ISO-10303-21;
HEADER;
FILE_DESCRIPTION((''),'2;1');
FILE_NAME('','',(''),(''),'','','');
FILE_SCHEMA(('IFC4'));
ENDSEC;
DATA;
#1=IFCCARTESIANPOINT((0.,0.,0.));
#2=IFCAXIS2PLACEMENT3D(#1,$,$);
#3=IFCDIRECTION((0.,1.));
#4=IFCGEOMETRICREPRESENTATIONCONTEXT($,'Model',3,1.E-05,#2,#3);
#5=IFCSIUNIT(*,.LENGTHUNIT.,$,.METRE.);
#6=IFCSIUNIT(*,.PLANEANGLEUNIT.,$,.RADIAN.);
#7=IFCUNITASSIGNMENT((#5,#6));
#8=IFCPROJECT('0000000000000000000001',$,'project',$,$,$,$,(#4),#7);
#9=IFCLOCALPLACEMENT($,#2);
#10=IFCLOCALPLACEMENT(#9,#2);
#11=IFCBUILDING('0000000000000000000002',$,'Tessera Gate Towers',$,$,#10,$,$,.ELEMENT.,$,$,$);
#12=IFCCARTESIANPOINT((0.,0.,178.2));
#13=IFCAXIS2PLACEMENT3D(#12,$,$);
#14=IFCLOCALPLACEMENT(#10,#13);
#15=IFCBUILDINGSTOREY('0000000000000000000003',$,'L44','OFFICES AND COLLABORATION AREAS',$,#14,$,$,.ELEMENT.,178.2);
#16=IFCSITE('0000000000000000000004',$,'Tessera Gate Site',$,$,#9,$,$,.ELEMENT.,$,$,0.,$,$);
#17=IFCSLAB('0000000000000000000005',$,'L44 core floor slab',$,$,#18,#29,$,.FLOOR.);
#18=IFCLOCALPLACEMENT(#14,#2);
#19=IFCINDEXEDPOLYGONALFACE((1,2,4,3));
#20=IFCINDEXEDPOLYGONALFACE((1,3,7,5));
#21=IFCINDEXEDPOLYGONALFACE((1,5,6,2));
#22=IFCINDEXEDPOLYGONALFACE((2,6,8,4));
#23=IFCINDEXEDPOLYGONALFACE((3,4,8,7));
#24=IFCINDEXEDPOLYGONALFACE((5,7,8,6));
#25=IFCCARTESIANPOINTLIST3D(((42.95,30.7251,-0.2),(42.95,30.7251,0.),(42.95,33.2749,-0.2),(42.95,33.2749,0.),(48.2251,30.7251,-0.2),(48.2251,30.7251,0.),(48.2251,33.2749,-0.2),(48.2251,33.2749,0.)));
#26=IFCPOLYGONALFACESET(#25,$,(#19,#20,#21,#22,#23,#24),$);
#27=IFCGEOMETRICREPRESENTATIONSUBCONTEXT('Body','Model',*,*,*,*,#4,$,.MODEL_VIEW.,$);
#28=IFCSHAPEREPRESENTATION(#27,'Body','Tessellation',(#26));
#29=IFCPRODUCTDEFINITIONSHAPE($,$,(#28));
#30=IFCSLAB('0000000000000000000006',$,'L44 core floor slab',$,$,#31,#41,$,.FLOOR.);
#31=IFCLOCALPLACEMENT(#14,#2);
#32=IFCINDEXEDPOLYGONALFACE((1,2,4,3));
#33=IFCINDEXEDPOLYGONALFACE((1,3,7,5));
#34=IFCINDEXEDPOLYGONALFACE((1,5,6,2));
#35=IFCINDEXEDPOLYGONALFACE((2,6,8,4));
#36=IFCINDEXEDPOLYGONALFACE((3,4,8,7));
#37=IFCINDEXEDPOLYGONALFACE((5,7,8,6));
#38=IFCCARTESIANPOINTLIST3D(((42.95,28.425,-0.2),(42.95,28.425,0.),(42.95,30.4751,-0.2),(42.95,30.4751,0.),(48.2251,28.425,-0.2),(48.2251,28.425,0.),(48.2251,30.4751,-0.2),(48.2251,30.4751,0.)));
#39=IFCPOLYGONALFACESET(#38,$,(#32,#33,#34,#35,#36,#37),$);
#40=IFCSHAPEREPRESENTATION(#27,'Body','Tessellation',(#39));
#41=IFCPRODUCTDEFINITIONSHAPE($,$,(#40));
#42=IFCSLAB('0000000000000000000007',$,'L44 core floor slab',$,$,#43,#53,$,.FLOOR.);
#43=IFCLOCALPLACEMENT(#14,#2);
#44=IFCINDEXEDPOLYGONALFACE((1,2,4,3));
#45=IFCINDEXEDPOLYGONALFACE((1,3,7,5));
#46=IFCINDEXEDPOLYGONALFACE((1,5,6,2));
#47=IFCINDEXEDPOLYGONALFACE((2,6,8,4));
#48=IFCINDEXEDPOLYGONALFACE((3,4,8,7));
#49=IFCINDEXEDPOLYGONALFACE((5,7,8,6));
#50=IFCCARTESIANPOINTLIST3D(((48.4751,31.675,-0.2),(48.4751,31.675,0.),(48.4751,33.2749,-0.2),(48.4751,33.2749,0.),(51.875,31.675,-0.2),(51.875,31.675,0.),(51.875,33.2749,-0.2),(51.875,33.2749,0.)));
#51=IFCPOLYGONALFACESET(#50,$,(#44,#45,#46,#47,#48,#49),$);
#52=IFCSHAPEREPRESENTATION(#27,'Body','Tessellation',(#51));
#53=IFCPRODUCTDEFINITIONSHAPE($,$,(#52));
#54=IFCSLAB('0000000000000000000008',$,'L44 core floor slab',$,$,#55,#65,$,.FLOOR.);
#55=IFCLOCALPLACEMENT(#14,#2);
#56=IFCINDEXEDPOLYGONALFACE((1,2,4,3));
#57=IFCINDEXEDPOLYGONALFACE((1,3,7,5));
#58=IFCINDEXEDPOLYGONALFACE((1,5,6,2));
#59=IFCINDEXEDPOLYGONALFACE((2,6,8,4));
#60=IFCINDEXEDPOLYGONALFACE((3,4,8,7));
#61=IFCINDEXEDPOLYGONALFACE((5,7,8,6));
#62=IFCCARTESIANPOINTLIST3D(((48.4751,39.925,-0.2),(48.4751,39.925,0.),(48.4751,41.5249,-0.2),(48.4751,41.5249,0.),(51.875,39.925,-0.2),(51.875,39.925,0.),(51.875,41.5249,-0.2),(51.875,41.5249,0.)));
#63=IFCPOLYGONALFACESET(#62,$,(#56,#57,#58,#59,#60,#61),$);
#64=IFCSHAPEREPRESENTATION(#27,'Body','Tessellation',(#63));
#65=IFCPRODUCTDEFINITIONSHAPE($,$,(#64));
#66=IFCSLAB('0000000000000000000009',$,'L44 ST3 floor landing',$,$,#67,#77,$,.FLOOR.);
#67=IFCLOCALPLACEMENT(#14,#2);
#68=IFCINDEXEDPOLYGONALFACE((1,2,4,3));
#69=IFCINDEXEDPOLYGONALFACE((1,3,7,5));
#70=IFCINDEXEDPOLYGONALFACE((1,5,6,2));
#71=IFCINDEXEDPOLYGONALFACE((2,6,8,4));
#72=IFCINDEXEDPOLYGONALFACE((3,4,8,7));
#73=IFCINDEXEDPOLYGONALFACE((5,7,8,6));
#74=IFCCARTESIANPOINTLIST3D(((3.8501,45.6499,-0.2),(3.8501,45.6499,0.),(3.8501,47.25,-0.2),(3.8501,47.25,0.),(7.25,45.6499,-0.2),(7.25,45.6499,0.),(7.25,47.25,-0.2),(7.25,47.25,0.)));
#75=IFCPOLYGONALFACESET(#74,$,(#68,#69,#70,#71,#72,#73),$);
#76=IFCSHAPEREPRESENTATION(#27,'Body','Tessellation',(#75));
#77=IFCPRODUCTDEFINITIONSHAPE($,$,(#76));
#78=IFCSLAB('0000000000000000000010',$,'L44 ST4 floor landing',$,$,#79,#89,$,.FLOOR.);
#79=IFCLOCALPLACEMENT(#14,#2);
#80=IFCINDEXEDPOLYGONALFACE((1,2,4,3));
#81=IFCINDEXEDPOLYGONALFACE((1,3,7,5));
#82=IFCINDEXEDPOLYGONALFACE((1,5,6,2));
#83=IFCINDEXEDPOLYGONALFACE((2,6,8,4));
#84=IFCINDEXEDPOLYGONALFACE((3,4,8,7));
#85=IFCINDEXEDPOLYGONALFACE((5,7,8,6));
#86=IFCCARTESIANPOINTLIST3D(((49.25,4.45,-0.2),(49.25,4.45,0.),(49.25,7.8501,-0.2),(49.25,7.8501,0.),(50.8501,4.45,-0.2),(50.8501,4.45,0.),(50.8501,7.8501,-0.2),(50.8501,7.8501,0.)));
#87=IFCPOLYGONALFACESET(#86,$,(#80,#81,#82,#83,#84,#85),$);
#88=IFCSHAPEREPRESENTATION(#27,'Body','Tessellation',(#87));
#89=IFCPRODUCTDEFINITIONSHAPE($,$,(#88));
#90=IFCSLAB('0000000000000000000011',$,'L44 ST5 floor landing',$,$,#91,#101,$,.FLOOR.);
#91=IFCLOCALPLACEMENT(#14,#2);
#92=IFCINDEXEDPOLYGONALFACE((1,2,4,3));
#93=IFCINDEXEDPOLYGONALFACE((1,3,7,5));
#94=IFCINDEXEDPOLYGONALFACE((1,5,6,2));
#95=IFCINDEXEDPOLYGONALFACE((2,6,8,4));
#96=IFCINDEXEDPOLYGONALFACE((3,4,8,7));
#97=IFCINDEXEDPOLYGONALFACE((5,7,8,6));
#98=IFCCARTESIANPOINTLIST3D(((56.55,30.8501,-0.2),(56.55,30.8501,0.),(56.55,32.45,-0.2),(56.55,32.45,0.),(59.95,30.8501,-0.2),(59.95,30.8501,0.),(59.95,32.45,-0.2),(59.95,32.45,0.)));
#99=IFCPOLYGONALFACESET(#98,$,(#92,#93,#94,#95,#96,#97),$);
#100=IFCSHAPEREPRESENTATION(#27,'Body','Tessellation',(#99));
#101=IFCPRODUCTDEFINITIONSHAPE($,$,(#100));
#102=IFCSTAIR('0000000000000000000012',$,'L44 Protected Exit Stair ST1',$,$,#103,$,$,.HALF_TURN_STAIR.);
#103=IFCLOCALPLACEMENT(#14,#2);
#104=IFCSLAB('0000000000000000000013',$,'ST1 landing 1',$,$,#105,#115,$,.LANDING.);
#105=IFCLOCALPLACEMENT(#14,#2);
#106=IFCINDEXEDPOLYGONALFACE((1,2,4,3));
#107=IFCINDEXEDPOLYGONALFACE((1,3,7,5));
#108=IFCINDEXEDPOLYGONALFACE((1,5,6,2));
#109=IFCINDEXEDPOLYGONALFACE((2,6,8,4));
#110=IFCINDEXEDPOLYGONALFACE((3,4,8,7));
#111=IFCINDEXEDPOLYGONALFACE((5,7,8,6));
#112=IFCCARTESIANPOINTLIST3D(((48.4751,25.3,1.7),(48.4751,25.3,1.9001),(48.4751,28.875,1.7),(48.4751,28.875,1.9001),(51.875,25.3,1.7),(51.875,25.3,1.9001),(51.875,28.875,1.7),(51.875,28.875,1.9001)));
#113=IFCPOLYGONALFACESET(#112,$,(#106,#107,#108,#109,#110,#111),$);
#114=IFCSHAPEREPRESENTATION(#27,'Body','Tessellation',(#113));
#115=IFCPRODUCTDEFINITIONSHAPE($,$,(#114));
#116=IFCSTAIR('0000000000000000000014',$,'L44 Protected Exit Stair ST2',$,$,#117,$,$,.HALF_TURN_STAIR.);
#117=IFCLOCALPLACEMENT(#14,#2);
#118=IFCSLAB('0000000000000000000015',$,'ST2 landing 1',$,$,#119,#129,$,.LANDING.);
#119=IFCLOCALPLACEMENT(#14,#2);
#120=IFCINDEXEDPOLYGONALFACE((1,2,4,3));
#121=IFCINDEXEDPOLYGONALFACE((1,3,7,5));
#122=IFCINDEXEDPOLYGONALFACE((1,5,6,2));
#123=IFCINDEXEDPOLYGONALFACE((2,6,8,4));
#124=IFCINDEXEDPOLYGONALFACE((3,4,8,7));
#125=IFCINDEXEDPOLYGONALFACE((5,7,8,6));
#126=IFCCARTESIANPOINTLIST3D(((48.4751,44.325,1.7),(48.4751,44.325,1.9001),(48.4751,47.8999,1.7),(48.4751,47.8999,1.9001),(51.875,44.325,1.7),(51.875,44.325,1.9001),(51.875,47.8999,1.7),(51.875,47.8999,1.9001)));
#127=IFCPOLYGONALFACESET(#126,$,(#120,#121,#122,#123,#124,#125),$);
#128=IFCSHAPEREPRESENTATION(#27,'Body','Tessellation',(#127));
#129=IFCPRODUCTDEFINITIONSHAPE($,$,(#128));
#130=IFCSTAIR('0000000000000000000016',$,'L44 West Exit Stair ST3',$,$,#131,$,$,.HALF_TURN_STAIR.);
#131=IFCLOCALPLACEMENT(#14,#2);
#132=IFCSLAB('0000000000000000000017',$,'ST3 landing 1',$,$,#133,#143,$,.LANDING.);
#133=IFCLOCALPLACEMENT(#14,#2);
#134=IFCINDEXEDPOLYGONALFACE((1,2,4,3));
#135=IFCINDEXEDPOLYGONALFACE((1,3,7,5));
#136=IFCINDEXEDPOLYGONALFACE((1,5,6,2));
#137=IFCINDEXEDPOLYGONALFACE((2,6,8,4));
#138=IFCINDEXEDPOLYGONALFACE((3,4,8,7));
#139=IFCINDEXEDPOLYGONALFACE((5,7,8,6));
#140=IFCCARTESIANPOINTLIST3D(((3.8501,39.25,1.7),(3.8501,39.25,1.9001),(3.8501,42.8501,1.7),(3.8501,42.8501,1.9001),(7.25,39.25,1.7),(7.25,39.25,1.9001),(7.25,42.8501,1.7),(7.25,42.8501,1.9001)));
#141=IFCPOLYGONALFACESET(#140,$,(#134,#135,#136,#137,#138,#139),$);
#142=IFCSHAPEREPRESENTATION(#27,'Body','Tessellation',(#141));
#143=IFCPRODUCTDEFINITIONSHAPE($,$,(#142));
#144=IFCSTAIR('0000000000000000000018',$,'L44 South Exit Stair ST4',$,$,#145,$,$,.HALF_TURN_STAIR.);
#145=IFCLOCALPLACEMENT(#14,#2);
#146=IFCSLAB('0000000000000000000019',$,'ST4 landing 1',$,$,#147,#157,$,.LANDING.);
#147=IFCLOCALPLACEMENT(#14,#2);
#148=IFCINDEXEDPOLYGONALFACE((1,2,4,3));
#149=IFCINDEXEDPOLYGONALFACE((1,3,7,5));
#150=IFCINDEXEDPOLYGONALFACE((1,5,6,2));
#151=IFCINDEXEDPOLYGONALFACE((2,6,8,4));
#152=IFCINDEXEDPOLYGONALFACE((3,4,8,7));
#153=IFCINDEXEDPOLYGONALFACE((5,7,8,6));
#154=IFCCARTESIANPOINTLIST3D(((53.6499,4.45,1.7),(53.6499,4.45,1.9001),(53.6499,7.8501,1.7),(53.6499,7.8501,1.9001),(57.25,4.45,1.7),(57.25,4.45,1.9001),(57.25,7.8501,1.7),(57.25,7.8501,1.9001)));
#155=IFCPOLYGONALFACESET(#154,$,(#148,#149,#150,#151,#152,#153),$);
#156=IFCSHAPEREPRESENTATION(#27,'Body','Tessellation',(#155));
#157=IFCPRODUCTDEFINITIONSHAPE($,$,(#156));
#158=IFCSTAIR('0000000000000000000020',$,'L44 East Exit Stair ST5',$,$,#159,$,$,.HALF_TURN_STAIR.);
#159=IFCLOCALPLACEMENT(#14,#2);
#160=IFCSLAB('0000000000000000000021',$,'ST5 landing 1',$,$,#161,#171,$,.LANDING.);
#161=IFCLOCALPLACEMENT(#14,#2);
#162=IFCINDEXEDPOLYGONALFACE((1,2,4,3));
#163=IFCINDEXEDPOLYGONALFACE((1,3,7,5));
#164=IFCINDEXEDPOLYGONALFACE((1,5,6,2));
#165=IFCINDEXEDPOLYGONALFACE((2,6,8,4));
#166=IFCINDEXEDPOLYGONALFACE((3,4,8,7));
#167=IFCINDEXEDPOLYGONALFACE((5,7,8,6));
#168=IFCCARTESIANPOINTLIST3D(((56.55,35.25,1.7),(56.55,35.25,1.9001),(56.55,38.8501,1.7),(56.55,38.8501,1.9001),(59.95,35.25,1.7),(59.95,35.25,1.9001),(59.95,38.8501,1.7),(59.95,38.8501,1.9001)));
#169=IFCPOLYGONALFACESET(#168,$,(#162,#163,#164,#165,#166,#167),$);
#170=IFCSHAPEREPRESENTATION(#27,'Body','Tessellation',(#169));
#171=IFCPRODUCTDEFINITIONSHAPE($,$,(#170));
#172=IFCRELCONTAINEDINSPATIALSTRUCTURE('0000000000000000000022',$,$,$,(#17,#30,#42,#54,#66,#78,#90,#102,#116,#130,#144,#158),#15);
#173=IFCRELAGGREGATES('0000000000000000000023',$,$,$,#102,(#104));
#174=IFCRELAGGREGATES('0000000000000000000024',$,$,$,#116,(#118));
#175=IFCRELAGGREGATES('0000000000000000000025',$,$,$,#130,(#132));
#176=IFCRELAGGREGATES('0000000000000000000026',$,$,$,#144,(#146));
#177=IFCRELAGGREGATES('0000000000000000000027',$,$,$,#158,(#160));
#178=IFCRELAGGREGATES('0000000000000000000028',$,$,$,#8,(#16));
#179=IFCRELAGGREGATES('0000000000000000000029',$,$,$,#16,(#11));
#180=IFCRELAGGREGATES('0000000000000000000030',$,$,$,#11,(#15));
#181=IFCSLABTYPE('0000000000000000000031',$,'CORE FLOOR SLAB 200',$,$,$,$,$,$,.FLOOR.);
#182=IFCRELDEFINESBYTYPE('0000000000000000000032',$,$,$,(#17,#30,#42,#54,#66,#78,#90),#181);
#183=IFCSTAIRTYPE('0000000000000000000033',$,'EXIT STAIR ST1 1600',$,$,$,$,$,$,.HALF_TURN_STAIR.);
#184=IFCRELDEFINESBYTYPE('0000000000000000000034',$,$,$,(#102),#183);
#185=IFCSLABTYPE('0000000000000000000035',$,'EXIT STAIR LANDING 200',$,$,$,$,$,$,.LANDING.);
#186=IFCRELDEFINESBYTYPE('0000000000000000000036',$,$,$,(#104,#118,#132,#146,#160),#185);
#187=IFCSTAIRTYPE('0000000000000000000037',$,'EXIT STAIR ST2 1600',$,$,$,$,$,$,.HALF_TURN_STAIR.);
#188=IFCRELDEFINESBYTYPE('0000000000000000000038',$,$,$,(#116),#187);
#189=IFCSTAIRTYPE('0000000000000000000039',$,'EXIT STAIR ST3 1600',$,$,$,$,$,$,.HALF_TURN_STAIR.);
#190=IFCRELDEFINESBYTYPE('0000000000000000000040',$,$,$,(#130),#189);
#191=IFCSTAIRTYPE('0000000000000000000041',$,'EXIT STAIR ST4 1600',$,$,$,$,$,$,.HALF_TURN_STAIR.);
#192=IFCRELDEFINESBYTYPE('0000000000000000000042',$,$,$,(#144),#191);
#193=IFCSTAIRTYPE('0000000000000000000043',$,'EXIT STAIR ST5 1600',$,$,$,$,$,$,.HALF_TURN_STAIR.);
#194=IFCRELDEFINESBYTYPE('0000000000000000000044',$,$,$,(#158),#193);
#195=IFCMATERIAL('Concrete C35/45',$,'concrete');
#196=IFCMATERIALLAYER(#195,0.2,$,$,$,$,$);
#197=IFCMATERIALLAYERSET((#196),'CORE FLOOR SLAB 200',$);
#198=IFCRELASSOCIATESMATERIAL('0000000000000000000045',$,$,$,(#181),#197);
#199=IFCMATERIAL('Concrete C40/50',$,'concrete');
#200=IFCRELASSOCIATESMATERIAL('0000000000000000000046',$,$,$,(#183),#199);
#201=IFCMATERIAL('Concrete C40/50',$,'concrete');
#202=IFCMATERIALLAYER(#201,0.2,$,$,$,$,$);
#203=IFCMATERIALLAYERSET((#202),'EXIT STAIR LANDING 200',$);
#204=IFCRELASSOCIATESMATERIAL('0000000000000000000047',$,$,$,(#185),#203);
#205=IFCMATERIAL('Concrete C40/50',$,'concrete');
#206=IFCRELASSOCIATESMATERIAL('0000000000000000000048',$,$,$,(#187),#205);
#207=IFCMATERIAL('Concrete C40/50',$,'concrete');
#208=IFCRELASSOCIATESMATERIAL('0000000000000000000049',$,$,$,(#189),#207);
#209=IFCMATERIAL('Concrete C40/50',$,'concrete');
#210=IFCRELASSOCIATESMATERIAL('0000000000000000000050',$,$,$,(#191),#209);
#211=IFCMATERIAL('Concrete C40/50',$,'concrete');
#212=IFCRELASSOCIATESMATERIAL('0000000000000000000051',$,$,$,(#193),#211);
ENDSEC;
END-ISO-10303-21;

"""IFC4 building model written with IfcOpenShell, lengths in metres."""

from ifc_helpers import new_model, si_unit, direction, frame, origin, place, context, subcontext, project, spatial, polyline, outline, extrude, material, layer, layer_set, type_object, element, aggregate, save


model = new_model("IFC4")

# Units and contexts
model_context = context("Model", 3, precision=1e-05, world=origin(), true_north=direction((0.0, 1.0)))
body_context = subcontext(model_context, "Body", "Model", "MODEL_VIEW")
ifc_project = project(units=[si_unit("LENGTHUNIT", "METRE"), si_unit("PLANEANGLEUNIT", "RADIAN")], contexts=[model_context])

# Site, building, storey
site_placement = place(None, origin())
site = spatial("IfcSite", under=ifc_project, at=site_placement, Name="Tessera Gate Site", CompositionType="ELEMENT", RefElevation=0.0)
building_placement = place(site_placement, origin())
building = spatial("IfcBuilding", under=site, at=building_placement, Name="Tessera Gate Towers", CompositionType="ELEMENT")
storey_placement = place(building_placement, frame((0.0, 0.0, 178.2)))
storey = spatial("IfcBuildingStorey", under=building, at=storey_placement, Name="L44", Description="OFFICES AND COLLABORATION AREAS", CompositionType="ELEMENT", Elevation=178.2)

# Slabs
ifc_material_1 = material(Name="Concrete C35/45", Category="concrete")
ifc_layer_1 = layer(ifc_material_1, 0.2)
ifc_layer_set_1 = layer_set([ifc_layer_1], Name="CORE FLOOR SLAB 200")
slab_type_1 = type_object("IfcSlabType", Name="CORE FLOOR SLAB 200", PredefinedType="FLOOR", material=ifc_layer_set_1)
slab_1_placement = place(storey_placement, frame((0.0, 0.0, -0.2)))
element("IfcSlab", 1, at=slab_1_placement, inside=storey, type_object=slab_type_1, Name="L44 core floor slab", PredefinedType="FLOOR", context=body_context, shape_type="SweptSolid", body=[
    extrude(outline(polyline([(42.95, 33.2749), (42.95, 30.7251), (48.2251, 30.7251), (48.2251, 33.2749), (42.95, 33.2749)])), origin(), (0.0, 0.0, 1.0), 0.2),
])
slab_2_placement = place(storey_placement, frame((0.0, 0.0, -0.2)))
element("IfcSlab", 2, at=slab_2_placement, inside=storey, type_object=slab_type_1, Name="L44 core floor slab", PredefinedType="FLOOR", context=body_context, shape_type="SweptSolid", body=[
    extrude(outline(polyline([(48.2251, 30.4751), (42.95, 30.4751), (42.95, 28.425), (48.2251, 28.425), (48.2251, 30.4751)])), origin(), (0.0, 0.0, 1.0), 0.2),
])
slab_3_placement = place(storey_placement, frame((0.0, 0.0, -0.2)))
element("IfcSlab", 3, at=slab_3_placement, inside=storey, type_object=slab_type_1, Name="L44 core floor slab", PredefinedType="FLOOR", context=body_context, shape_type="SweptSolid", body=[
    extrude(outline(polyline([(51.875, 31.675), (51.875, 33.2749), (48.4751, 33.2749), (48.4751, 31.675), (51.875, 31.675)])), origin(), (0.0, 0.0, 1.0), 0.2),
])
slab_4_placement = place(storey_placement, frame((0.0, 0.0, -0.2)))
element("IfcSlab", 4, at=slab_4_placement, inside=storey, type_object=slab_type_1, Name="L44 core floor slab", PredefinedType="FLOOR", context=body_context, shape_type="SweptSolid", body=[
    extrude(outline(polyline([(48.4751, 41.5249), (48.4751, 39.925), (51.875, 39.925), (51.875, 41.5249), (48.4751, 41.5249)])), origin(), (0.0, 0.0, 1.0), 0.2),
])
slab_5_placement = place(storey_placement, frame((0.0, 0.0, -0.2)))
element("IfcSlab", 5, at=slab_5_placement, inside=storey, type_object=slab_type_1, Name="L44 ST3 floor landing", PredefinedType="FLOOR", context=body_context, shape_type="SweptSolid", body=[
    extrude(outline(polyline([(3.8501, 47.25), (3.8501, 45.6499), (7.25, 45.6499), (7.25, 47.25), (3.8501, 47.25)])), origin(), (0.0, 0.0, 1.0), 0.2),
])
slab_6_placement = place(storey_placement, frame((0.0, 0.0, -0.2)))
element("IfcSlab", 6, at=slab_6_placement, inside=storey, type_object=slab_type_1, Name="L44 ST4 floor landing", PredefinedType="FLOOR", context=body_context, shape_type="SweptSolid", body=[
    extrude(outline(polyline([(49.25, 4.45), (50.8501, 4.45), (50.8501, 7.8501), (49.25, 7.8501), (49.25, 4.45)])), origin(), (0.0, 0.0, 1.0), 0.2),
])
slab_7_placement = place(storey_placement, frame((0.0, 0.0, -0.2)))
element("IfcSlab", 7, at=slab_7_placement, inside=storey, type_object=slab_type_1, Name="L44 ST5 floor landing", PredefinedType="FLOOR", context=body_context, shape_type="SweptSolid", body=[
    extrude(outline(polyline([(59.95, 30.8501), (59.95, 32.45), (56.55, 32.45), (56.55, 30.8501), (59.95, 30.8501)])), origin(), (0.0, 0.0, 1.0), 0.2),
])

# Stairs, slabs
ifc_material_2 = material(Name="Concrete C40/50", Category="concrete")
stair_type_1 = type_object("IfcStairType", Name="EXIT STAIR ST1 1600", PredefinedType="HALF_TURN_STAIR", material=ifc_material_2)
stair_1_placement = place(storey_placement, origin())
stair_1 = element("IfcStair", 8, at=stair_1_placement, inside=storey, type_object=stair_type_1, Name="L44 Protected Exit Stair ST1", PredefinedType="HALF_TURN_STAIR")
ifc_material_3 = material(Name="Concrete C40/50", Category="concrete")
ifc_layer_2 = layer(ifc_material_3, 0.2)
ifc_layer_set_2 = layer_set([ifc_layer_2], Name="EXIT STAIR LANDING 200")
slab_type_2 = type_object("IfcSlabType", Name="EXIT STAIR LANDING 200", PredefinedType="LANDING", material=ifc_layer_set_2)
slab_8_placement = place(storey_placement, frame((0.0, 0.0, 1.7)))
slab_8 = element("IfcSlab", 9, at=slab_8_placement, type_object=slab_type_2, Name="ST1 landing 1", PredefinedType="LANDING", context=body_context, shape_type="SweptSolid", body=[
    extrude(outline(polyline([(48.4751, 28.875), (48.4751, 25.3), (51.875, 25.3), (51.875, 28.875), (48.4751, 28.875)])), origin(), (0.0, 0.0, 1.0), 0.2002),
])
aggregate(stair_1, [slab_8])
ifc_material_4 = material(Name="Concrete C40/50", Category="concrete")
stair_type_2 = type_object("IfcStairType", Name="EXIT STAIR ST2 1600", PredefinedType="HALF_TURN_STAIR", material=ifc_material_4)
stair_2_placement = place(storey_placement, origin())
stair_2 = element("IfcStair", 10, at=stair_2_placement, inside=storey, type_object=stair_type_2, Name="L44 Protected Exit Stair ST2", PredefinedType="HALF_TURN_STAIR")
slab_9_placement = place(storey_placement, frame((0.0, 0.0, 1.7)))
slab_9 = element("IfcSlab", 11, at=slab_9_placement, type_object=slab_type_2, Name="ST2 landing 1", PredefinedType="LANDING", context=body_context, shape_type="SweptSolid", body=[
    extrude(outline(polyline([(51.875, 44.325), (51.875, 47.8999), (48.4751, 47.8999), (48.4751, 44.325), (51.875, 44.325)])), origin(), (0.0, 0.0, 1.0), 0.2002),
])
aggregate(stair_2, [slab_9])
ifc_material_5 = material(Name="Concrete C40/50", Category="concrete")
stair_type_3 = type_object("IfcStairType", Name="EXIT STAIR ST3 1600", PredefinedType="HALF_TURN_STAIR", material=ifc_material_5)
stair_3_placement = place(storey_placement, origin())
stair_3 = element("IfcStair", 12, at=stair_3_placement, inside=storey, type_object=stair_type_3, Name="L44 West Exit Stair ST3", PredefinedType="HALF_TURN_STAIR")
slab_10_placement = place(storey_placement, frame((0.0, 0.0, 1.7)))
slab_10 = element("IfcSlab", 13, at=slab_10_placement, type_object=slab_type_2, Name="ST3 landing 1", PredefinedType="LANDING", context=body_context, shape_type="SweptSolid", body=[
    extrude(outline(polyline([(3.8501, 42.8501), (3.8501, 39.25), (7.25, 39.25), (7.25, 42.8501), (3.8501, 42.8501)])), origin(), (0.0, 0.0, 1.0), 0.2002),
])
aggregate(stair_3, [slab_10])
ifc_material_6 = material(Name="Concrete C40/50", Category="concrete")
stair_type_4 = type_object("IfcStairType", Name="EXIT STAIR ST4 1600", PredefinedType="HALF_TURN_STAIR", material=ifc_material_6)
stair_4_placement = place(storey_placement, origin())
stair_4 = element("IfcStair", 14, at=stair_4_placement, inside=storey, type_object=stair_type_4, Name="L44 South Exit Stair ST4", PredefinedType="HALF_TURN_STAIR")
slab_11_placement = place(storey_placement, frame((0.0, 0.0, 1.7)))
slab_11 = element("IfcSlab", 15, at=slab_11_placement, type_object=slab_type_2, Name="ST4 landing 1", PredefinedType="LANDING", context=body_context, shape_type="SweptSolid", body=[
    extrude(outline(polyline([(53.6499, 4.45), (57.25, 4.45), (57.25, 7.8501), (53.6499, 7.8501), (53.6499, 4.45)])), origin(), (0.0, 0.0, 1.0), 0.2002),
])
aggregate(stair_4, [slab_11])
ifc_material_7 = material(Name="Concrete C40/50", Category="concrete")
stair_type_5 = type_object("IfcStairType", Name="EXIT STAIR ST5 1600", PredefinedType="HALF_TURN_STAIR", material=ifc_material_7)
stair_5_placement = place(storey_placement, origin())
stair_5 = element("IfcStair", 16, at=stair_5_placement, inside=storey, type_object=stair_type_5, Name="L44 East Exit Stair ST5", PredefinedType="HALF_TURN_STAIR")
slab_12_placement = place(storey_placement, frame((0.0, 0.0, 1.7)))
slab_12 = element("IfcSlab", 17, at=slab_12_placement, type_object=slab_type_2, Name="ST5 landing 1", PredefinedType="LANDING", context=body_context, shape_type="SweptSolid", body=[
    extrude(outline(polyline([(59.95, 35.25), (59.95, 38.8501), (56.55, 38.8501), (56.55, 35.25), (59.95, 35.25)])), origin(), (0.0, 0.0, 1.0), 0.2002),
])
aggregate(stair_5, [slab_12])

save(model, "model.ifc")
